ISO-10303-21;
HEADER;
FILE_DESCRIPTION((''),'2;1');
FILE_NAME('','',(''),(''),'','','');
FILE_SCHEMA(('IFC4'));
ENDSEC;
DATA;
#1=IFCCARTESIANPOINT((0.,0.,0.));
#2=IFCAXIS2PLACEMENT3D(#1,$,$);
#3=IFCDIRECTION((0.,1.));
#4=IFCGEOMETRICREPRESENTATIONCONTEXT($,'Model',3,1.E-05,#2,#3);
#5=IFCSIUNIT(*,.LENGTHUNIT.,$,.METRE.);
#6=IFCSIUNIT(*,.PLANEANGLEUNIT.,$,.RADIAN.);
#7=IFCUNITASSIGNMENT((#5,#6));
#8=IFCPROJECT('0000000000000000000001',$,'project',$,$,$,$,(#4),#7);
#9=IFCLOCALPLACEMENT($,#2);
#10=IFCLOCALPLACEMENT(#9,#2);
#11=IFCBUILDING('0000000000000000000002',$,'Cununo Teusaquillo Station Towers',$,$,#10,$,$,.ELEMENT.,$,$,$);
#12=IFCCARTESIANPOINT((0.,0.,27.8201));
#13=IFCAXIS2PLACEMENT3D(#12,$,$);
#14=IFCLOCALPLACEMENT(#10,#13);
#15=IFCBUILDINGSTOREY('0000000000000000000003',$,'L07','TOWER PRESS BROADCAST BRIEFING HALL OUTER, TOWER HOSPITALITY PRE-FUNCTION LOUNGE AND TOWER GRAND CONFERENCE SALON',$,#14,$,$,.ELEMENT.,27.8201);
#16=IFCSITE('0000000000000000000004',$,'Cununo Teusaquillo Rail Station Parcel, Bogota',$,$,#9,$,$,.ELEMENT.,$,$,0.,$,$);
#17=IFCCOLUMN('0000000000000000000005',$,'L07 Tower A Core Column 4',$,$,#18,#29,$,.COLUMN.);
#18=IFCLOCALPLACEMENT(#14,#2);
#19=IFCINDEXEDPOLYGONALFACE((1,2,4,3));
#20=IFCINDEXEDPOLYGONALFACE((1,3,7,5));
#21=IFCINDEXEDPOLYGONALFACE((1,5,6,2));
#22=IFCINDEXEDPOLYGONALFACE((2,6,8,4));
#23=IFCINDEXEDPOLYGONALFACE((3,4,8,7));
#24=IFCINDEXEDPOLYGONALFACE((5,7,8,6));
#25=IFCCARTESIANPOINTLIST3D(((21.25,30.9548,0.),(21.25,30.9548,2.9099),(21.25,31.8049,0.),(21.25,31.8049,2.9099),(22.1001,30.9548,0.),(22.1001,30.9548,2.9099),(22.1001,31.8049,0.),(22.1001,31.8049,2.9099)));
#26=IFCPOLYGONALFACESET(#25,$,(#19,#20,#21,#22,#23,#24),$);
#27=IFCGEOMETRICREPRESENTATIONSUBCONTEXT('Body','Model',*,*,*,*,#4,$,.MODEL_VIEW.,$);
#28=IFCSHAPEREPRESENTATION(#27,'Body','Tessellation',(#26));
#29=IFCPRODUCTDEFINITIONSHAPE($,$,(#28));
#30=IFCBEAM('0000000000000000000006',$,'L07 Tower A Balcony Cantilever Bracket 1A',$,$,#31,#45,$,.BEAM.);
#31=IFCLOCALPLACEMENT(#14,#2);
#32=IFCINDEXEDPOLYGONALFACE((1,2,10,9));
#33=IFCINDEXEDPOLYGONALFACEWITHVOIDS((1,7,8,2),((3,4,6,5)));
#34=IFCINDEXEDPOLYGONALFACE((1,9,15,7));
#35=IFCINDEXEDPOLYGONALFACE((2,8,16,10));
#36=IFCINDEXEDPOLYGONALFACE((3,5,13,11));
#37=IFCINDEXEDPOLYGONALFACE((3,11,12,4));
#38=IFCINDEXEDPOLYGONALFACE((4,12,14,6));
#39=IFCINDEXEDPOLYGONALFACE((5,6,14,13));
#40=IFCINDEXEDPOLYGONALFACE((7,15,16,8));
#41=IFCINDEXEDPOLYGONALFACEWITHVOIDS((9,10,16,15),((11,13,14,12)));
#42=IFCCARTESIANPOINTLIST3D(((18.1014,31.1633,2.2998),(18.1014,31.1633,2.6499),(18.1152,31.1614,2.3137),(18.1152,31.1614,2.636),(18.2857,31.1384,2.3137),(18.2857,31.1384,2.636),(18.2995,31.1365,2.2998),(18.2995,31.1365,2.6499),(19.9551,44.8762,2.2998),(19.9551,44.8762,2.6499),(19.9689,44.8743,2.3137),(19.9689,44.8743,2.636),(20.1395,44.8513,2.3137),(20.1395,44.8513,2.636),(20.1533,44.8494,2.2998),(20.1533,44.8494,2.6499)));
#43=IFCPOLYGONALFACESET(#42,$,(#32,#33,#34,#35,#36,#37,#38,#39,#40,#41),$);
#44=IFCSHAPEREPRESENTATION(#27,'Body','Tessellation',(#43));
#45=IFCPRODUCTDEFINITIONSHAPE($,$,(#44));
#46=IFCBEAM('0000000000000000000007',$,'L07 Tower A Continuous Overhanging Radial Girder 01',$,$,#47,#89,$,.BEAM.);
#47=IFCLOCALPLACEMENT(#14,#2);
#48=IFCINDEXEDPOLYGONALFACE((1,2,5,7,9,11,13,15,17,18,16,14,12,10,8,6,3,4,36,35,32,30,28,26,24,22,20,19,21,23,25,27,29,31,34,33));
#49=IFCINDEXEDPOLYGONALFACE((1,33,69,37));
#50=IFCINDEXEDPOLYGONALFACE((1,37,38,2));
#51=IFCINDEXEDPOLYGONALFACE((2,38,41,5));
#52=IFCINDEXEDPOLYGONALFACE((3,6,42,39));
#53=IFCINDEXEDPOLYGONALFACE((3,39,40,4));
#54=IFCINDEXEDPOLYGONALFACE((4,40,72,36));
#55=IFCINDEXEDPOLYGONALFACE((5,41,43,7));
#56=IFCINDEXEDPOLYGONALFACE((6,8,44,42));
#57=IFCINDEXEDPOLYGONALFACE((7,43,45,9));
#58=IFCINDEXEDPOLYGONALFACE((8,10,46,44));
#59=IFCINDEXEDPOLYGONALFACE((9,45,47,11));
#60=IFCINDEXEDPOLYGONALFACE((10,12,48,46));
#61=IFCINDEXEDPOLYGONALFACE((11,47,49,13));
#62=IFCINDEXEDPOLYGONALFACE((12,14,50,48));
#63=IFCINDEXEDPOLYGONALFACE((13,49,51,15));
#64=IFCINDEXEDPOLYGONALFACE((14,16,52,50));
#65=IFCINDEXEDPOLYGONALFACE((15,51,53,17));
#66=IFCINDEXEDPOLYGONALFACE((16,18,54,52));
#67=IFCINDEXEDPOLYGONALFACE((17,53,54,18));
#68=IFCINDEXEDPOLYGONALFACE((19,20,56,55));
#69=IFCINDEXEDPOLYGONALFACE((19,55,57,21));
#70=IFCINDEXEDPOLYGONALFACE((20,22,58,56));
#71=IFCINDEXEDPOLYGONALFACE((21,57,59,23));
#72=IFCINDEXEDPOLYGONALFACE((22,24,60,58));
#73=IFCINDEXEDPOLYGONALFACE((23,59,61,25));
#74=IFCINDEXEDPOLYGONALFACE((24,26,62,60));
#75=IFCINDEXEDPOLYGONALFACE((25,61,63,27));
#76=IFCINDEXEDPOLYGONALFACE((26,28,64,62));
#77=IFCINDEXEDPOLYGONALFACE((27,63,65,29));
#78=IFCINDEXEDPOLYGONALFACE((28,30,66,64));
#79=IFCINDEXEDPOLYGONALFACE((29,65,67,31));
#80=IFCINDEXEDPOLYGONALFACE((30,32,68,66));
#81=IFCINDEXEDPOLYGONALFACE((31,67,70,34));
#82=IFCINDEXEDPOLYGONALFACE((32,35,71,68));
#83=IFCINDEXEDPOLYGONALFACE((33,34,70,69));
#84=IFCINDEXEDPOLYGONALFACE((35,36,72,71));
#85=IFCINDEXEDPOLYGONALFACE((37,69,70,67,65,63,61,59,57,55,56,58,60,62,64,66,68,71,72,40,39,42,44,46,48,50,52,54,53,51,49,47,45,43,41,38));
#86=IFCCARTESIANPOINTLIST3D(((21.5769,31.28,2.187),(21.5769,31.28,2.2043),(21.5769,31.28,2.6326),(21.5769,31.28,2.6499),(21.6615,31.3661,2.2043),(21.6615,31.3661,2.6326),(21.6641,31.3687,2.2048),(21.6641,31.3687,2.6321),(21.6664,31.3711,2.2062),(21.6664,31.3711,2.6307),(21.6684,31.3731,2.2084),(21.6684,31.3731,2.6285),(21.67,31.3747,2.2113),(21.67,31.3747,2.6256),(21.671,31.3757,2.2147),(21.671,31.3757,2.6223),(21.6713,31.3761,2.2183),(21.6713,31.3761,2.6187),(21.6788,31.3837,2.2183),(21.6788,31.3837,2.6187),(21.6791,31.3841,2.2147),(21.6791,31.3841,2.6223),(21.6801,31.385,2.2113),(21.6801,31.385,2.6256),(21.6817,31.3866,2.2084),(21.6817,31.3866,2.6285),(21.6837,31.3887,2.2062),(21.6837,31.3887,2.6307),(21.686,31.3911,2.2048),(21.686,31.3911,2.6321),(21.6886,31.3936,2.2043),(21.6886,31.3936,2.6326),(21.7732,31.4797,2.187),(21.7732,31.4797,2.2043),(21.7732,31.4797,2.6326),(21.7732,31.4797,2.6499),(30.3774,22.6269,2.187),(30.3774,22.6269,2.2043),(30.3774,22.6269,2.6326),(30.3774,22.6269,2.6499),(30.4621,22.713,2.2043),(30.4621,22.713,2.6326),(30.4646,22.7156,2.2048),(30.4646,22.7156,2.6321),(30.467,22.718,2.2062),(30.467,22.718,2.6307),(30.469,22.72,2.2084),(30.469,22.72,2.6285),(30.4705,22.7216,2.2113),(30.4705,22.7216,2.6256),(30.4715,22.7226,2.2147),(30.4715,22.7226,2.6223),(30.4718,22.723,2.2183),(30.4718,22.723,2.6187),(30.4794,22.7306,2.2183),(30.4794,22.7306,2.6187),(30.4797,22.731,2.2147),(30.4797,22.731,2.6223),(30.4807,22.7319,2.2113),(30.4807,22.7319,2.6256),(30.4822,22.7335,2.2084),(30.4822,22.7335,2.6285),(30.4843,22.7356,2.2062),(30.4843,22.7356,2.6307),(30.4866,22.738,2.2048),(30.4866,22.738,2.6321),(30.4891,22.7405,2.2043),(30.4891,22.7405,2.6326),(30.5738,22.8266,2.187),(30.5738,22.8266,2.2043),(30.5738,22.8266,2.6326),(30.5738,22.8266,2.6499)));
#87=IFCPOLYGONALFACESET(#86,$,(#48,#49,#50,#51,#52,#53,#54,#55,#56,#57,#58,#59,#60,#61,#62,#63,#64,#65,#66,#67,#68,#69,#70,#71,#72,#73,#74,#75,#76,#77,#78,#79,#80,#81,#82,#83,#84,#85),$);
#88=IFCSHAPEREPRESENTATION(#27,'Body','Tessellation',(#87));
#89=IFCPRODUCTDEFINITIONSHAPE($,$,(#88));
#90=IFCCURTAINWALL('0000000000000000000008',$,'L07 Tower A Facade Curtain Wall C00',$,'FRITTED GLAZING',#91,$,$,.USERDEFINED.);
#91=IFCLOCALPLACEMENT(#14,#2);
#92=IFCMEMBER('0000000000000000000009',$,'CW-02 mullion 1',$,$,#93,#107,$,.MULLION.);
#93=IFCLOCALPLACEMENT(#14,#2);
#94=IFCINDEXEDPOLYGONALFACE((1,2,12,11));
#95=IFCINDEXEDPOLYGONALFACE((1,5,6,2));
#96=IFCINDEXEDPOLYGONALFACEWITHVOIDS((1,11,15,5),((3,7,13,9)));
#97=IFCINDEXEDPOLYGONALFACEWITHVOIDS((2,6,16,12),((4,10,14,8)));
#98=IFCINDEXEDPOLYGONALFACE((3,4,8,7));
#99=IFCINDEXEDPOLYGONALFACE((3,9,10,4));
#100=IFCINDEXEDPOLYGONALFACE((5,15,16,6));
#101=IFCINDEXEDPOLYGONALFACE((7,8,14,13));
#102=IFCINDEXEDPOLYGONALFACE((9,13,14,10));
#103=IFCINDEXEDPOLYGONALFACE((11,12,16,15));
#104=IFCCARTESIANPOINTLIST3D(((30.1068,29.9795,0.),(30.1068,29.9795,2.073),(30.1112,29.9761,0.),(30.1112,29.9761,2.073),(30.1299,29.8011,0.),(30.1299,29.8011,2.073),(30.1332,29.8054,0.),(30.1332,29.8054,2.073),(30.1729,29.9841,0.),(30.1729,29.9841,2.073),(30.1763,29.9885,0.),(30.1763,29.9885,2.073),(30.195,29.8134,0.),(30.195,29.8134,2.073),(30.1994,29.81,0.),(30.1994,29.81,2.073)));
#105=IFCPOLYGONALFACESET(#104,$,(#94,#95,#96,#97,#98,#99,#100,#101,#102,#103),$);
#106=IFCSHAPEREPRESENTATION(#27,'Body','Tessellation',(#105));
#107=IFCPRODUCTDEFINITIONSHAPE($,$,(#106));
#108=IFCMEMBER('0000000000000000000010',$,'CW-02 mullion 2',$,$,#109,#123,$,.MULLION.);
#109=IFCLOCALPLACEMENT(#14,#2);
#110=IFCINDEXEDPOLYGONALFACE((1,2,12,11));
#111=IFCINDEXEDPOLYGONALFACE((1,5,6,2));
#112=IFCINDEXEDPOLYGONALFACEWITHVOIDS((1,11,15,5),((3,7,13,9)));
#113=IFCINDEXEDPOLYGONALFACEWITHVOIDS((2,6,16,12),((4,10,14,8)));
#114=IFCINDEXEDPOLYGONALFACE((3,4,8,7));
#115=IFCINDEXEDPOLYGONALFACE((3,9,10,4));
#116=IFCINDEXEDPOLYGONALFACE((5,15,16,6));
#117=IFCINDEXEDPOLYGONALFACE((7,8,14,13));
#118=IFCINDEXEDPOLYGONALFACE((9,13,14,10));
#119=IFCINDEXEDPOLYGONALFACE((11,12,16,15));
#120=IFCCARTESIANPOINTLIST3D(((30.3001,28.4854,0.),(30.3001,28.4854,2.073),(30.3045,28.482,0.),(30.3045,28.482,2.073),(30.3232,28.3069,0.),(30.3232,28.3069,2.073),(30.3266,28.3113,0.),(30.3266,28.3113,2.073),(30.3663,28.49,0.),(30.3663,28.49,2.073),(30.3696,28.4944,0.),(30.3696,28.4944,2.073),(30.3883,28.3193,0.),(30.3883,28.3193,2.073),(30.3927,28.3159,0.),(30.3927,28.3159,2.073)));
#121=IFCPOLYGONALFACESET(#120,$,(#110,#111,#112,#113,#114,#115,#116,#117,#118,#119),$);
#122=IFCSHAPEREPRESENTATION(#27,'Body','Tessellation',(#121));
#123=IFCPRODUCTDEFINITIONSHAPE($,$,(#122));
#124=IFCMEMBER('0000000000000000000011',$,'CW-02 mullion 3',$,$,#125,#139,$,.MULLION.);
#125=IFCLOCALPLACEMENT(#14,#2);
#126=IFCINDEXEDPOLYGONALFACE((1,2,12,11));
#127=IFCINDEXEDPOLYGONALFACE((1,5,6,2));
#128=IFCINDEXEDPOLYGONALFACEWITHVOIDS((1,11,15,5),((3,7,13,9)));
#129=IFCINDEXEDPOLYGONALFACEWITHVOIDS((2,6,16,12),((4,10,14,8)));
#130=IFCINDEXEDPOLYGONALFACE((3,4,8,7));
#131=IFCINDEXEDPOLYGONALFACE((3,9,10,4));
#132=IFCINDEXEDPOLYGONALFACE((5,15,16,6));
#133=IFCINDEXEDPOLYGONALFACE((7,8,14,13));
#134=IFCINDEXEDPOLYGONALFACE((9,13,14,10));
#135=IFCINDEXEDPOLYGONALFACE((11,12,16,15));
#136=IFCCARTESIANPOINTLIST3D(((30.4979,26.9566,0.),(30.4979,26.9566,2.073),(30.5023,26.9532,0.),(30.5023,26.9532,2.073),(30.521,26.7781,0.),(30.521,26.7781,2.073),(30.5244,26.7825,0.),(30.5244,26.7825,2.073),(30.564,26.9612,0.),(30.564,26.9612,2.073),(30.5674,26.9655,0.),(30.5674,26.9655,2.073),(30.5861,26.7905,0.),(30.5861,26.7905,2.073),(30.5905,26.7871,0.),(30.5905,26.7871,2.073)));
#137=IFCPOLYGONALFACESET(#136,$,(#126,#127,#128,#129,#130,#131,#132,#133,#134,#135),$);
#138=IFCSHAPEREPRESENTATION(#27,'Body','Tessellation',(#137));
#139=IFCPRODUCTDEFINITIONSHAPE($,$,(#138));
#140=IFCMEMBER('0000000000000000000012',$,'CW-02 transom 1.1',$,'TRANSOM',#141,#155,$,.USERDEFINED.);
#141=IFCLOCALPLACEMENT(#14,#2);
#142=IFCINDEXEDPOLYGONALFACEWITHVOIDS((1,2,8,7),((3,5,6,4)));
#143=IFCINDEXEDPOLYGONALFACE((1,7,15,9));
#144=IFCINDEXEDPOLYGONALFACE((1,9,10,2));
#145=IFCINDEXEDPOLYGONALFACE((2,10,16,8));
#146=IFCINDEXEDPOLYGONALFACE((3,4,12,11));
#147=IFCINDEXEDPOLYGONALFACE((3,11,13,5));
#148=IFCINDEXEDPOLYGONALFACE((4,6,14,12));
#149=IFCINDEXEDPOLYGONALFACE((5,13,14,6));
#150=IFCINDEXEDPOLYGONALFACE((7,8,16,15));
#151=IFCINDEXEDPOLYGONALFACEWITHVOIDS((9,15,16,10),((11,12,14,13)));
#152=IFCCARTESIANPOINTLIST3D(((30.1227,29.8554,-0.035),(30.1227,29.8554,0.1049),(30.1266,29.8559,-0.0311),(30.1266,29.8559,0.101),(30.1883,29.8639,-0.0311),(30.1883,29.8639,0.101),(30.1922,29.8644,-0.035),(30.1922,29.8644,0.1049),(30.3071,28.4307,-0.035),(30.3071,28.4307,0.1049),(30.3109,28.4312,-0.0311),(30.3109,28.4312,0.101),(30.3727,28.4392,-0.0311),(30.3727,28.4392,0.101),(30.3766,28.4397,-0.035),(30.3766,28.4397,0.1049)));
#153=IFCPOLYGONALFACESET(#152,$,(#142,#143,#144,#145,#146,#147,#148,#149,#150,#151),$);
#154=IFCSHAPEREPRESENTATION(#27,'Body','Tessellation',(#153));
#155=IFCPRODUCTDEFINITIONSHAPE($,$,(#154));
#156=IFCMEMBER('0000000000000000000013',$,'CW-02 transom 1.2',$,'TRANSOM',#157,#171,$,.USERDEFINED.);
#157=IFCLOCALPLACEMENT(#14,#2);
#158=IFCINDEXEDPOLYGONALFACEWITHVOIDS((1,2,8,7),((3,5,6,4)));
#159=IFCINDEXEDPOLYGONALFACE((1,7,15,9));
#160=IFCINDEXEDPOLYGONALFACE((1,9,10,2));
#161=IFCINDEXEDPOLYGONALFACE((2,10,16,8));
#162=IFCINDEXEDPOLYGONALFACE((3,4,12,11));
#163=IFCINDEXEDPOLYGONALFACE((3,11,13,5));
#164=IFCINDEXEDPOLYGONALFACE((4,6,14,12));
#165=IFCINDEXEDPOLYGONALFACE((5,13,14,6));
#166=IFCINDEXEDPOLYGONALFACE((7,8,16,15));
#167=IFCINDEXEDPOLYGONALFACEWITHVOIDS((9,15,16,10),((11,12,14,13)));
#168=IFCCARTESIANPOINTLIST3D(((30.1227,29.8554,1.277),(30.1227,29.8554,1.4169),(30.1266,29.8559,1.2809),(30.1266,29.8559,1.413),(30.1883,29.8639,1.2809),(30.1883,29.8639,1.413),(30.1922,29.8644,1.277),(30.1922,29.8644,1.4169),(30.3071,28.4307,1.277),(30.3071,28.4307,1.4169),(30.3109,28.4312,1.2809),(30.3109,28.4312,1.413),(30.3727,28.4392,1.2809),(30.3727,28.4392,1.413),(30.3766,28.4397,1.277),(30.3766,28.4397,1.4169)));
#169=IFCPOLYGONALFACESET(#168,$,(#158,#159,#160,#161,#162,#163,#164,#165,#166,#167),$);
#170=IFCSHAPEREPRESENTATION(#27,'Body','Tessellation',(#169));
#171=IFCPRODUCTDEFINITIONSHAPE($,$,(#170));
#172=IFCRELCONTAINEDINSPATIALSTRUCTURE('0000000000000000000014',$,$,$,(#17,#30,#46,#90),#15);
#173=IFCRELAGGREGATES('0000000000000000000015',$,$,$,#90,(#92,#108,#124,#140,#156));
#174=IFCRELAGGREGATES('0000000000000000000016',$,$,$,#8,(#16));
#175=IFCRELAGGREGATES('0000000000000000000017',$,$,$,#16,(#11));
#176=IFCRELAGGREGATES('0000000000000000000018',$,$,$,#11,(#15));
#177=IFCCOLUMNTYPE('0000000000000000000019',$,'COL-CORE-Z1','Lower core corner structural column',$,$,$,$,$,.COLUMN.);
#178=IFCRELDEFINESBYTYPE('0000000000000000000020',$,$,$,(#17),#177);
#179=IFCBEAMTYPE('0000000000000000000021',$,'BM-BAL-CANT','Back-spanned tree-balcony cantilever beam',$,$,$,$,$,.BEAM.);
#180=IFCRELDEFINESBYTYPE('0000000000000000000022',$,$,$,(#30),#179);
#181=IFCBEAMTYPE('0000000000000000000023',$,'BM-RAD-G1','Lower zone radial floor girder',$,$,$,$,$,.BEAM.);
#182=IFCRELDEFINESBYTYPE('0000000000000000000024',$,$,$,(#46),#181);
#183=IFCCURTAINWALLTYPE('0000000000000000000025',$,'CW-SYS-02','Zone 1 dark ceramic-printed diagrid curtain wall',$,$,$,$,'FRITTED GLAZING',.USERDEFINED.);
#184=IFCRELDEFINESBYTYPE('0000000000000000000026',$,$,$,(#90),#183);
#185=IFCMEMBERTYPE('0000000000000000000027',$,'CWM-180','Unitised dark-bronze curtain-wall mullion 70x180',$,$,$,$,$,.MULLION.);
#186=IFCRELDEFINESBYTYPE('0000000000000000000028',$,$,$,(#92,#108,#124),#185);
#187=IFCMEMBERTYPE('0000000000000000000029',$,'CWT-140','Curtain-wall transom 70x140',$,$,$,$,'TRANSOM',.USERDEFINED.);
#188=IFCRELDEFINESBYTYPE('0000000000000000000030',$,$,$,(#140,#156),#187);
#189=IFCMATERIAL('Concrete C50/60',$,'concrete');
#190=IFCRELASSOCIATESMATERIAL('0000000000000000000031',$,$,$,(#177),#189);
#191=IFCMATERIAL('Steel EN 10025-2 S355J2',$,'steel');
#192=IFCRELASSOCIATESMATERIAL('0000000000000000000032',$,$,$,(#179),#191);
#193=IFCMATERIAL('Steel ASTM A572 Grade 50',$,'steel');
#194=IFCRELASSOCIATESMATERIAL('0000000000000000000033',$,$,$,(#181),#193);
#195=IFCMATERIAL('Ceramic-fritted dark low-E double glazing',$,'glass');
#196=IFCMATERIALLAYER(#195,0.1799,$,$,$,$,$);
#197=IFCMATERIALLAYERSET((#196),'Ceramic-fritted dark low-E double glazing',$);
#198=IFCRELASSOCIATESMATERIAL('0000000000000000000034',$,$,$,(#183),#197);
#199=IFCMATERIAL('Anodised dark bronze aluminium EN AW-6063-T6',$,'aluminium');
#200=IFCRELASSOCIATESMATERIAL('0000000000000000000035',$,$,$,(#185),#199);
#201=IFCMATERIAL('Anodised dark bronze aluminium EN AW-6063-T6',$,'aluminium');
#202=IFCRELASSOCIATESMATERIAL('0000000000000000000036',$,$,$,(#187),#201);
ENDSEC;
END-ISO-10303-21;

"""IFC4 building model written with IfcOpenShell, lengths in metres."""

from ifc_helpers import new_model, si_unit, direction, frame, origin, origin_2d, place, context, subcontext, project, spatial, rectangle, hollow_rectangle, i_section, extrude, material, layer, layer_set, material_profile, profile_set, type_object, element, aggregate, save


model = new_model("IFC4")

# Units and contexts
model_context = context("Model", 3, precision=1e-05, world=origin(), true_north=direction((0.0, 1.0)))
body_context = subcontext(model_context, "Body", "Model", "MODEL_VIEW")
ifc_project = project(units=[si_unit("LENGTHUNIT", "METRE"), si_unit("PLANEANGLEUNIT", "RADIAN")], contexts=[model_context])

# Site, building, storey
site_placement = place(None, origin())
site = spatial("IfcSite", under=ifc_project, at=site_placement, Name="Cununo Teusaquillo Rail Station Parcel, Bogota", CompositionType="ELEMENT", RefElevation=0.0)
building_placement = place(site_placement, origin())
building = spatial("IfcBuilding", under=site, at=building_placement, Name="Cununo Teusaquillo Station Towers", CompositionType="ELEMENT")
storey_placement = place(building_placement, frame((0.0, 0.0, 27.8201)))
storey = spatial("IfcBuildingStorey", under=building, at=storey_placement, Name="L07", Description="TOWER PRESS BROADCAST BRIEFING HALL OUTER, TOWER HOSPITALITY PRE-FUNCTION LOUNGE AND TOWER GRAND CONFERENCE SALON", CompositionType="ELEMENT", Elevation=27.8201)

# Column
ifc_material_1 = material(Name="Concrete C50/60", Category="concrete")
ifc_material_profile_1 = material_profile(ifc_material_1, rectangle(XDim=0.8501, YDim=0.8501, at=origin_2d()), Name="RC-RECT-850x850")
ifc_profile_set_1 = profile_set([ifc_material_profile_1], Name="Concrete C50/60")
column_type = type_object("IfcColumnType", Name="COL-CORE-Z1", Description="Lower core corner structural column", PredefinedType="COLUMN", material=ifc_profile_set_1)
column_placement = place(storey_placement, frame((21.675, 31.3799, 0.0), z_axis=(0.0, 0.0, 1.0), x_axis=(1.0, 0.0, 0.0)))
element("IfcColumn", 1, at=column_placement, inside=storey, type_object=column_type, Name="L07 Tower A Core Column 4", PredefinedType="COLUMN", context=body_context, shape_type="SweptSolid", body=[
    extrude(rectangle(XDim=0.8501, YDim=0.8501, at=origin_2d()), origin(), (0.0, 0.0, 1.0), 2.9099),
])

# Beams
ifc_material_2 = material(Name="Steel EN 10025-2 S355J2", Category="steel")
ifc_material_profile_2 = material_profile(ifc_material_2, hollow_rectangle(XDim=0.2, YDim=0.3501, WallThickness=0.0139, at=origin_2d()), Name="RHS 350x200x14")
ifc_profile_set_2 = profile_set([ifc_material_profile_2], Name="Steel EN 10025-2 S355J2")
beam_type_1 = type_object("IfcBeamType", Name="BM-BAL-CANT", Description="Back-spanned tree-balcony cantilever beam", PredefinedType="BEAM", material=ifc_profile_set_2)
beam_1_placement = place(storey_placement, frame((18.2004, 31.1499, 2.4749), z_axis=(0.133965, 0.990986, 0.0), x_axis=(-0.990986, 0.133965, 0.0)))
element("IfcBeam", 2, at=beam_1_placement, inside=storey, type_object=beam_type_1, Name="L07 Tower A Balcony Cantilever Bracket 1A", PredefinedType="BEAM", context=body_context, shape_type="SweptSolid", body=[
    extrude(hollow_rectangle(XDim=0.2, YDim=0.3501, WallThickness=0.0139, at=origin_2d()), origin(), (0.0, 0.0, 1.0), 13.8376),
])
ifc_material_3 = material(Name="Steel ASTM A572 Grade 50", Category="steel")
ifc_material_profile_3 = material_profile(ifc_material_3, i_section(OverallWidth=0.28, OverallDepth=0.4629, WebThickness=0.0107, FlangeThickness=0.0173, FilletRadius=0.0139, at=origin_2d()), Name="W18X76")
ifc_profile_set_3 = profile_set([ifc_material_profile_3], Name="Steel ASTM A572 Grade 50")
beam_type_2 = type_object("IfcBeamType", Name="BM-RAD-G1", Description="Lower zone radial floor girder", PredefinedType="BEAM", material=ifc_profile_set_3)
beam_2_placement = place(storey_placement, frame((21.675, 31.3799, 2.4185), z_axis=(0.713055, -0.701108, 0.0), x_axis=(0.701108, 0.713055, 0.0)))
element("IfcBeam", 3, at=beam_2_placement, inside=storey, type_object=beam_type_2, Name="L07 Tower A Continuous Overhanging Radial Girder 01", PredefinedType="BEAM", context=body_context, shape_type="SweptSolid", body=[
    extrude(i_section(OverallWidth=0.28, OverallDepth=0.4629, WebThickness=0.0107, FlangeThickness=0.0173, FilletRadius=0.0139, at=origin_2d()), origin(), (0.0, 0.0, 1.0), 12.342),
])

# Curtain wall, members
ifc_material_4 = material(Name="Ceramic-fritted dark low-E double glazing", Category="glass")
ifc_layer_1 = layer(ifc_material_4, 0.1799)
ifc_layer_set_1 = layer_set([ifc_layer_1], Name="Ceramic-fritted dark low-E double glazing")
curtain_wall_type = type_object("IfcCurtainWallType", Name="CW-SYS-02", Description="Zone 1 dark ceramic-printed diagrid curtain wall", ElementType="FRITTED GLAZING", PredefinedType="USERDEFINED", material=ifc_layer_set_1)
curtain_wall_placement = place(storey_placement, origin())
curtain_wall = element("IfcCurtainWall", 4, at=curtain_wall_placement, inside=storey, type_object=curtain_wall_type, Name="L07 Tower A Facade Curtain Wall C00", ObjectType="FRITTED GLAZING", PredefinedType="USERDEFINED")
ifc_material_5 = material(Name="Anodised dark bronze aluminium EN AW-6063-T6", Category="aluminium")
ifc_material_profile_4 = material_profile(ifc_material_5, hollow_rectangle(XDim=0.0701, YDim=0.1799, WallThickness=0.0039, at=origin_2d()), Name="CW-MULL-70x180")
ifc_profile_set_4 = profile_set([ifc_material_profile_4], Name="Anodised dark bronze aluminium EN AW-6063-T6")
member_type_1 = type_object("IfcMemberType", Name="CWM-180", Description="Unitised dark-bronze curtain-wall mullion 70x180", PredefinedType="MULLION", material=ifc_profile_set_4)
member_1_placement = place(storey_placement, frame((30.1531, 29.8948, 0.0), z_axis=(0.0, 0.0, 1.0), x_axis=(0.991736, 0.128292, 0.0)))
member_1 = element("IfcMember", 5, at=member_1_placement, type_object=member_type_1, Name="CW-02 mullion 1", PredefinedType="MULLION", context=body_context, shape_type="SweptSolid", body=[
    extrude(hollow_rectangle(XDim=0.0701, YDim=0.1799, WallThickness=0.0039, at=origin_2d()), origin(), (0.0, 0.0, 1.0), 2.073),
])
member_2_placement = place(storey_placement, frame((30.3464, 28.4006, 0.0), z_axis=(0.0, 0.0, 1.0), x_axis=(0.991736, 0.128292, 0.0)))
member_2 = element("IfcMember", 6, at=member_2_placement, type_object=member_type_1, Name="CW-02 mullion 2", PredefinedType="MULLION", context=body_context, shape_type="SweptSolid", body=[
    extrude(hollow_rectangle(XDim=0.0701, YDim=0.1799, WallThickness=0.0039, at=origin_2d()), origin(), (0.0, 0.0, 1.0), 2.073),
])
member_3_placement = place(storey_placement, frame((30.5442, 26.8718, 0.0), z_axis=(0.0, 0.0, 1.0), x_axis=(0.991736, 0.128292, 0.0)))
member_3 = element("IfcMember", 7, at=member_3_placement, type_object=member_type_1, Name="CW-02 mullion 3", PredefinedType="MULLION", context=body_context, shape_type="SweptSolid", body=[
    extrude(hollow_rectangle(XDim=0.0701, YDim=0.1799, WallThickness=0.0039, at=origin_2d()), origin(), (0.0, 0.0, 1.0), 2.073),
])
ifc_material_6 = material(Name="Anodised dark bronze aluminium EN AW-6063-T6", Category="aluminium")
ifc_material_profile_5 = material_profile(ifc_material_6, hollow_rectangle(XDim=0.0701, YDim=0.1399, WallThickness=0.0039, at=origin_2d()), Name="CW-TRAN-70x140")
ifc_profile_set_5 = profile_set([ifc_material_profile_5], Name="Anodised dark bronze aluminium EN AW-6063-T6")
member_type_2 = type_object("IfcMemberType", Name="CWT-140", Description="Curtain-wall transom 70x140", ElementType="TRANSOM", PredefinedType="USERDEFINED", material=ifc_profile_set_5)
member_4_placement = place(storey_placement, frame((30.1575, 29.8599, 0.0349), z_axis=(0.128322, -0.991733, 0.0), x_axis=(0.991733, 0.128322, 0.0)))
member_4 = element("IfcMember", 8, at=member_4_placement, type_object=member_type_2, Name="CW-02 transom 1.1", ObjectType="TRANSOM", PredefinedType="USERDEFINED", context=body_context, shape_type="SweptSolid", body=[
    extrude(hollow_rectangle(XDim=0.0701, YDim=0.1399, WallThickness=0.0039, at=origin_2d()), origin(), (0.0, 0.0, 1.0), 1.4365),
])
member_5_placement = place(storey_placement, frame((30.1575, 29.8599, 1.3469), z_axis=(0.128322, -0.991733, 0.0), x_axis=(0.991733, 0.128322, 0.0)))
member_5 = element("IfcMember", 9, at=member_5_placement, type_object=member_type_2, Name="CW-02 transom 1.2", ObjectType="TRANSOM", PredefinedType="USERDEFINED", context=body_context, shape_type="SweptSolid", body=[
    extrude(hollow_rectangle(XDim=0.0701, YDim=0.1399, WallThickness=0.0039, at=origin_2d()), origin(), (0.0, 0.0, 1.0), 1.4365),
])
aggregate(curtain_wall, [member_1, member_2, member_3, member_4, member_5])

save(model, "model.ifc")
